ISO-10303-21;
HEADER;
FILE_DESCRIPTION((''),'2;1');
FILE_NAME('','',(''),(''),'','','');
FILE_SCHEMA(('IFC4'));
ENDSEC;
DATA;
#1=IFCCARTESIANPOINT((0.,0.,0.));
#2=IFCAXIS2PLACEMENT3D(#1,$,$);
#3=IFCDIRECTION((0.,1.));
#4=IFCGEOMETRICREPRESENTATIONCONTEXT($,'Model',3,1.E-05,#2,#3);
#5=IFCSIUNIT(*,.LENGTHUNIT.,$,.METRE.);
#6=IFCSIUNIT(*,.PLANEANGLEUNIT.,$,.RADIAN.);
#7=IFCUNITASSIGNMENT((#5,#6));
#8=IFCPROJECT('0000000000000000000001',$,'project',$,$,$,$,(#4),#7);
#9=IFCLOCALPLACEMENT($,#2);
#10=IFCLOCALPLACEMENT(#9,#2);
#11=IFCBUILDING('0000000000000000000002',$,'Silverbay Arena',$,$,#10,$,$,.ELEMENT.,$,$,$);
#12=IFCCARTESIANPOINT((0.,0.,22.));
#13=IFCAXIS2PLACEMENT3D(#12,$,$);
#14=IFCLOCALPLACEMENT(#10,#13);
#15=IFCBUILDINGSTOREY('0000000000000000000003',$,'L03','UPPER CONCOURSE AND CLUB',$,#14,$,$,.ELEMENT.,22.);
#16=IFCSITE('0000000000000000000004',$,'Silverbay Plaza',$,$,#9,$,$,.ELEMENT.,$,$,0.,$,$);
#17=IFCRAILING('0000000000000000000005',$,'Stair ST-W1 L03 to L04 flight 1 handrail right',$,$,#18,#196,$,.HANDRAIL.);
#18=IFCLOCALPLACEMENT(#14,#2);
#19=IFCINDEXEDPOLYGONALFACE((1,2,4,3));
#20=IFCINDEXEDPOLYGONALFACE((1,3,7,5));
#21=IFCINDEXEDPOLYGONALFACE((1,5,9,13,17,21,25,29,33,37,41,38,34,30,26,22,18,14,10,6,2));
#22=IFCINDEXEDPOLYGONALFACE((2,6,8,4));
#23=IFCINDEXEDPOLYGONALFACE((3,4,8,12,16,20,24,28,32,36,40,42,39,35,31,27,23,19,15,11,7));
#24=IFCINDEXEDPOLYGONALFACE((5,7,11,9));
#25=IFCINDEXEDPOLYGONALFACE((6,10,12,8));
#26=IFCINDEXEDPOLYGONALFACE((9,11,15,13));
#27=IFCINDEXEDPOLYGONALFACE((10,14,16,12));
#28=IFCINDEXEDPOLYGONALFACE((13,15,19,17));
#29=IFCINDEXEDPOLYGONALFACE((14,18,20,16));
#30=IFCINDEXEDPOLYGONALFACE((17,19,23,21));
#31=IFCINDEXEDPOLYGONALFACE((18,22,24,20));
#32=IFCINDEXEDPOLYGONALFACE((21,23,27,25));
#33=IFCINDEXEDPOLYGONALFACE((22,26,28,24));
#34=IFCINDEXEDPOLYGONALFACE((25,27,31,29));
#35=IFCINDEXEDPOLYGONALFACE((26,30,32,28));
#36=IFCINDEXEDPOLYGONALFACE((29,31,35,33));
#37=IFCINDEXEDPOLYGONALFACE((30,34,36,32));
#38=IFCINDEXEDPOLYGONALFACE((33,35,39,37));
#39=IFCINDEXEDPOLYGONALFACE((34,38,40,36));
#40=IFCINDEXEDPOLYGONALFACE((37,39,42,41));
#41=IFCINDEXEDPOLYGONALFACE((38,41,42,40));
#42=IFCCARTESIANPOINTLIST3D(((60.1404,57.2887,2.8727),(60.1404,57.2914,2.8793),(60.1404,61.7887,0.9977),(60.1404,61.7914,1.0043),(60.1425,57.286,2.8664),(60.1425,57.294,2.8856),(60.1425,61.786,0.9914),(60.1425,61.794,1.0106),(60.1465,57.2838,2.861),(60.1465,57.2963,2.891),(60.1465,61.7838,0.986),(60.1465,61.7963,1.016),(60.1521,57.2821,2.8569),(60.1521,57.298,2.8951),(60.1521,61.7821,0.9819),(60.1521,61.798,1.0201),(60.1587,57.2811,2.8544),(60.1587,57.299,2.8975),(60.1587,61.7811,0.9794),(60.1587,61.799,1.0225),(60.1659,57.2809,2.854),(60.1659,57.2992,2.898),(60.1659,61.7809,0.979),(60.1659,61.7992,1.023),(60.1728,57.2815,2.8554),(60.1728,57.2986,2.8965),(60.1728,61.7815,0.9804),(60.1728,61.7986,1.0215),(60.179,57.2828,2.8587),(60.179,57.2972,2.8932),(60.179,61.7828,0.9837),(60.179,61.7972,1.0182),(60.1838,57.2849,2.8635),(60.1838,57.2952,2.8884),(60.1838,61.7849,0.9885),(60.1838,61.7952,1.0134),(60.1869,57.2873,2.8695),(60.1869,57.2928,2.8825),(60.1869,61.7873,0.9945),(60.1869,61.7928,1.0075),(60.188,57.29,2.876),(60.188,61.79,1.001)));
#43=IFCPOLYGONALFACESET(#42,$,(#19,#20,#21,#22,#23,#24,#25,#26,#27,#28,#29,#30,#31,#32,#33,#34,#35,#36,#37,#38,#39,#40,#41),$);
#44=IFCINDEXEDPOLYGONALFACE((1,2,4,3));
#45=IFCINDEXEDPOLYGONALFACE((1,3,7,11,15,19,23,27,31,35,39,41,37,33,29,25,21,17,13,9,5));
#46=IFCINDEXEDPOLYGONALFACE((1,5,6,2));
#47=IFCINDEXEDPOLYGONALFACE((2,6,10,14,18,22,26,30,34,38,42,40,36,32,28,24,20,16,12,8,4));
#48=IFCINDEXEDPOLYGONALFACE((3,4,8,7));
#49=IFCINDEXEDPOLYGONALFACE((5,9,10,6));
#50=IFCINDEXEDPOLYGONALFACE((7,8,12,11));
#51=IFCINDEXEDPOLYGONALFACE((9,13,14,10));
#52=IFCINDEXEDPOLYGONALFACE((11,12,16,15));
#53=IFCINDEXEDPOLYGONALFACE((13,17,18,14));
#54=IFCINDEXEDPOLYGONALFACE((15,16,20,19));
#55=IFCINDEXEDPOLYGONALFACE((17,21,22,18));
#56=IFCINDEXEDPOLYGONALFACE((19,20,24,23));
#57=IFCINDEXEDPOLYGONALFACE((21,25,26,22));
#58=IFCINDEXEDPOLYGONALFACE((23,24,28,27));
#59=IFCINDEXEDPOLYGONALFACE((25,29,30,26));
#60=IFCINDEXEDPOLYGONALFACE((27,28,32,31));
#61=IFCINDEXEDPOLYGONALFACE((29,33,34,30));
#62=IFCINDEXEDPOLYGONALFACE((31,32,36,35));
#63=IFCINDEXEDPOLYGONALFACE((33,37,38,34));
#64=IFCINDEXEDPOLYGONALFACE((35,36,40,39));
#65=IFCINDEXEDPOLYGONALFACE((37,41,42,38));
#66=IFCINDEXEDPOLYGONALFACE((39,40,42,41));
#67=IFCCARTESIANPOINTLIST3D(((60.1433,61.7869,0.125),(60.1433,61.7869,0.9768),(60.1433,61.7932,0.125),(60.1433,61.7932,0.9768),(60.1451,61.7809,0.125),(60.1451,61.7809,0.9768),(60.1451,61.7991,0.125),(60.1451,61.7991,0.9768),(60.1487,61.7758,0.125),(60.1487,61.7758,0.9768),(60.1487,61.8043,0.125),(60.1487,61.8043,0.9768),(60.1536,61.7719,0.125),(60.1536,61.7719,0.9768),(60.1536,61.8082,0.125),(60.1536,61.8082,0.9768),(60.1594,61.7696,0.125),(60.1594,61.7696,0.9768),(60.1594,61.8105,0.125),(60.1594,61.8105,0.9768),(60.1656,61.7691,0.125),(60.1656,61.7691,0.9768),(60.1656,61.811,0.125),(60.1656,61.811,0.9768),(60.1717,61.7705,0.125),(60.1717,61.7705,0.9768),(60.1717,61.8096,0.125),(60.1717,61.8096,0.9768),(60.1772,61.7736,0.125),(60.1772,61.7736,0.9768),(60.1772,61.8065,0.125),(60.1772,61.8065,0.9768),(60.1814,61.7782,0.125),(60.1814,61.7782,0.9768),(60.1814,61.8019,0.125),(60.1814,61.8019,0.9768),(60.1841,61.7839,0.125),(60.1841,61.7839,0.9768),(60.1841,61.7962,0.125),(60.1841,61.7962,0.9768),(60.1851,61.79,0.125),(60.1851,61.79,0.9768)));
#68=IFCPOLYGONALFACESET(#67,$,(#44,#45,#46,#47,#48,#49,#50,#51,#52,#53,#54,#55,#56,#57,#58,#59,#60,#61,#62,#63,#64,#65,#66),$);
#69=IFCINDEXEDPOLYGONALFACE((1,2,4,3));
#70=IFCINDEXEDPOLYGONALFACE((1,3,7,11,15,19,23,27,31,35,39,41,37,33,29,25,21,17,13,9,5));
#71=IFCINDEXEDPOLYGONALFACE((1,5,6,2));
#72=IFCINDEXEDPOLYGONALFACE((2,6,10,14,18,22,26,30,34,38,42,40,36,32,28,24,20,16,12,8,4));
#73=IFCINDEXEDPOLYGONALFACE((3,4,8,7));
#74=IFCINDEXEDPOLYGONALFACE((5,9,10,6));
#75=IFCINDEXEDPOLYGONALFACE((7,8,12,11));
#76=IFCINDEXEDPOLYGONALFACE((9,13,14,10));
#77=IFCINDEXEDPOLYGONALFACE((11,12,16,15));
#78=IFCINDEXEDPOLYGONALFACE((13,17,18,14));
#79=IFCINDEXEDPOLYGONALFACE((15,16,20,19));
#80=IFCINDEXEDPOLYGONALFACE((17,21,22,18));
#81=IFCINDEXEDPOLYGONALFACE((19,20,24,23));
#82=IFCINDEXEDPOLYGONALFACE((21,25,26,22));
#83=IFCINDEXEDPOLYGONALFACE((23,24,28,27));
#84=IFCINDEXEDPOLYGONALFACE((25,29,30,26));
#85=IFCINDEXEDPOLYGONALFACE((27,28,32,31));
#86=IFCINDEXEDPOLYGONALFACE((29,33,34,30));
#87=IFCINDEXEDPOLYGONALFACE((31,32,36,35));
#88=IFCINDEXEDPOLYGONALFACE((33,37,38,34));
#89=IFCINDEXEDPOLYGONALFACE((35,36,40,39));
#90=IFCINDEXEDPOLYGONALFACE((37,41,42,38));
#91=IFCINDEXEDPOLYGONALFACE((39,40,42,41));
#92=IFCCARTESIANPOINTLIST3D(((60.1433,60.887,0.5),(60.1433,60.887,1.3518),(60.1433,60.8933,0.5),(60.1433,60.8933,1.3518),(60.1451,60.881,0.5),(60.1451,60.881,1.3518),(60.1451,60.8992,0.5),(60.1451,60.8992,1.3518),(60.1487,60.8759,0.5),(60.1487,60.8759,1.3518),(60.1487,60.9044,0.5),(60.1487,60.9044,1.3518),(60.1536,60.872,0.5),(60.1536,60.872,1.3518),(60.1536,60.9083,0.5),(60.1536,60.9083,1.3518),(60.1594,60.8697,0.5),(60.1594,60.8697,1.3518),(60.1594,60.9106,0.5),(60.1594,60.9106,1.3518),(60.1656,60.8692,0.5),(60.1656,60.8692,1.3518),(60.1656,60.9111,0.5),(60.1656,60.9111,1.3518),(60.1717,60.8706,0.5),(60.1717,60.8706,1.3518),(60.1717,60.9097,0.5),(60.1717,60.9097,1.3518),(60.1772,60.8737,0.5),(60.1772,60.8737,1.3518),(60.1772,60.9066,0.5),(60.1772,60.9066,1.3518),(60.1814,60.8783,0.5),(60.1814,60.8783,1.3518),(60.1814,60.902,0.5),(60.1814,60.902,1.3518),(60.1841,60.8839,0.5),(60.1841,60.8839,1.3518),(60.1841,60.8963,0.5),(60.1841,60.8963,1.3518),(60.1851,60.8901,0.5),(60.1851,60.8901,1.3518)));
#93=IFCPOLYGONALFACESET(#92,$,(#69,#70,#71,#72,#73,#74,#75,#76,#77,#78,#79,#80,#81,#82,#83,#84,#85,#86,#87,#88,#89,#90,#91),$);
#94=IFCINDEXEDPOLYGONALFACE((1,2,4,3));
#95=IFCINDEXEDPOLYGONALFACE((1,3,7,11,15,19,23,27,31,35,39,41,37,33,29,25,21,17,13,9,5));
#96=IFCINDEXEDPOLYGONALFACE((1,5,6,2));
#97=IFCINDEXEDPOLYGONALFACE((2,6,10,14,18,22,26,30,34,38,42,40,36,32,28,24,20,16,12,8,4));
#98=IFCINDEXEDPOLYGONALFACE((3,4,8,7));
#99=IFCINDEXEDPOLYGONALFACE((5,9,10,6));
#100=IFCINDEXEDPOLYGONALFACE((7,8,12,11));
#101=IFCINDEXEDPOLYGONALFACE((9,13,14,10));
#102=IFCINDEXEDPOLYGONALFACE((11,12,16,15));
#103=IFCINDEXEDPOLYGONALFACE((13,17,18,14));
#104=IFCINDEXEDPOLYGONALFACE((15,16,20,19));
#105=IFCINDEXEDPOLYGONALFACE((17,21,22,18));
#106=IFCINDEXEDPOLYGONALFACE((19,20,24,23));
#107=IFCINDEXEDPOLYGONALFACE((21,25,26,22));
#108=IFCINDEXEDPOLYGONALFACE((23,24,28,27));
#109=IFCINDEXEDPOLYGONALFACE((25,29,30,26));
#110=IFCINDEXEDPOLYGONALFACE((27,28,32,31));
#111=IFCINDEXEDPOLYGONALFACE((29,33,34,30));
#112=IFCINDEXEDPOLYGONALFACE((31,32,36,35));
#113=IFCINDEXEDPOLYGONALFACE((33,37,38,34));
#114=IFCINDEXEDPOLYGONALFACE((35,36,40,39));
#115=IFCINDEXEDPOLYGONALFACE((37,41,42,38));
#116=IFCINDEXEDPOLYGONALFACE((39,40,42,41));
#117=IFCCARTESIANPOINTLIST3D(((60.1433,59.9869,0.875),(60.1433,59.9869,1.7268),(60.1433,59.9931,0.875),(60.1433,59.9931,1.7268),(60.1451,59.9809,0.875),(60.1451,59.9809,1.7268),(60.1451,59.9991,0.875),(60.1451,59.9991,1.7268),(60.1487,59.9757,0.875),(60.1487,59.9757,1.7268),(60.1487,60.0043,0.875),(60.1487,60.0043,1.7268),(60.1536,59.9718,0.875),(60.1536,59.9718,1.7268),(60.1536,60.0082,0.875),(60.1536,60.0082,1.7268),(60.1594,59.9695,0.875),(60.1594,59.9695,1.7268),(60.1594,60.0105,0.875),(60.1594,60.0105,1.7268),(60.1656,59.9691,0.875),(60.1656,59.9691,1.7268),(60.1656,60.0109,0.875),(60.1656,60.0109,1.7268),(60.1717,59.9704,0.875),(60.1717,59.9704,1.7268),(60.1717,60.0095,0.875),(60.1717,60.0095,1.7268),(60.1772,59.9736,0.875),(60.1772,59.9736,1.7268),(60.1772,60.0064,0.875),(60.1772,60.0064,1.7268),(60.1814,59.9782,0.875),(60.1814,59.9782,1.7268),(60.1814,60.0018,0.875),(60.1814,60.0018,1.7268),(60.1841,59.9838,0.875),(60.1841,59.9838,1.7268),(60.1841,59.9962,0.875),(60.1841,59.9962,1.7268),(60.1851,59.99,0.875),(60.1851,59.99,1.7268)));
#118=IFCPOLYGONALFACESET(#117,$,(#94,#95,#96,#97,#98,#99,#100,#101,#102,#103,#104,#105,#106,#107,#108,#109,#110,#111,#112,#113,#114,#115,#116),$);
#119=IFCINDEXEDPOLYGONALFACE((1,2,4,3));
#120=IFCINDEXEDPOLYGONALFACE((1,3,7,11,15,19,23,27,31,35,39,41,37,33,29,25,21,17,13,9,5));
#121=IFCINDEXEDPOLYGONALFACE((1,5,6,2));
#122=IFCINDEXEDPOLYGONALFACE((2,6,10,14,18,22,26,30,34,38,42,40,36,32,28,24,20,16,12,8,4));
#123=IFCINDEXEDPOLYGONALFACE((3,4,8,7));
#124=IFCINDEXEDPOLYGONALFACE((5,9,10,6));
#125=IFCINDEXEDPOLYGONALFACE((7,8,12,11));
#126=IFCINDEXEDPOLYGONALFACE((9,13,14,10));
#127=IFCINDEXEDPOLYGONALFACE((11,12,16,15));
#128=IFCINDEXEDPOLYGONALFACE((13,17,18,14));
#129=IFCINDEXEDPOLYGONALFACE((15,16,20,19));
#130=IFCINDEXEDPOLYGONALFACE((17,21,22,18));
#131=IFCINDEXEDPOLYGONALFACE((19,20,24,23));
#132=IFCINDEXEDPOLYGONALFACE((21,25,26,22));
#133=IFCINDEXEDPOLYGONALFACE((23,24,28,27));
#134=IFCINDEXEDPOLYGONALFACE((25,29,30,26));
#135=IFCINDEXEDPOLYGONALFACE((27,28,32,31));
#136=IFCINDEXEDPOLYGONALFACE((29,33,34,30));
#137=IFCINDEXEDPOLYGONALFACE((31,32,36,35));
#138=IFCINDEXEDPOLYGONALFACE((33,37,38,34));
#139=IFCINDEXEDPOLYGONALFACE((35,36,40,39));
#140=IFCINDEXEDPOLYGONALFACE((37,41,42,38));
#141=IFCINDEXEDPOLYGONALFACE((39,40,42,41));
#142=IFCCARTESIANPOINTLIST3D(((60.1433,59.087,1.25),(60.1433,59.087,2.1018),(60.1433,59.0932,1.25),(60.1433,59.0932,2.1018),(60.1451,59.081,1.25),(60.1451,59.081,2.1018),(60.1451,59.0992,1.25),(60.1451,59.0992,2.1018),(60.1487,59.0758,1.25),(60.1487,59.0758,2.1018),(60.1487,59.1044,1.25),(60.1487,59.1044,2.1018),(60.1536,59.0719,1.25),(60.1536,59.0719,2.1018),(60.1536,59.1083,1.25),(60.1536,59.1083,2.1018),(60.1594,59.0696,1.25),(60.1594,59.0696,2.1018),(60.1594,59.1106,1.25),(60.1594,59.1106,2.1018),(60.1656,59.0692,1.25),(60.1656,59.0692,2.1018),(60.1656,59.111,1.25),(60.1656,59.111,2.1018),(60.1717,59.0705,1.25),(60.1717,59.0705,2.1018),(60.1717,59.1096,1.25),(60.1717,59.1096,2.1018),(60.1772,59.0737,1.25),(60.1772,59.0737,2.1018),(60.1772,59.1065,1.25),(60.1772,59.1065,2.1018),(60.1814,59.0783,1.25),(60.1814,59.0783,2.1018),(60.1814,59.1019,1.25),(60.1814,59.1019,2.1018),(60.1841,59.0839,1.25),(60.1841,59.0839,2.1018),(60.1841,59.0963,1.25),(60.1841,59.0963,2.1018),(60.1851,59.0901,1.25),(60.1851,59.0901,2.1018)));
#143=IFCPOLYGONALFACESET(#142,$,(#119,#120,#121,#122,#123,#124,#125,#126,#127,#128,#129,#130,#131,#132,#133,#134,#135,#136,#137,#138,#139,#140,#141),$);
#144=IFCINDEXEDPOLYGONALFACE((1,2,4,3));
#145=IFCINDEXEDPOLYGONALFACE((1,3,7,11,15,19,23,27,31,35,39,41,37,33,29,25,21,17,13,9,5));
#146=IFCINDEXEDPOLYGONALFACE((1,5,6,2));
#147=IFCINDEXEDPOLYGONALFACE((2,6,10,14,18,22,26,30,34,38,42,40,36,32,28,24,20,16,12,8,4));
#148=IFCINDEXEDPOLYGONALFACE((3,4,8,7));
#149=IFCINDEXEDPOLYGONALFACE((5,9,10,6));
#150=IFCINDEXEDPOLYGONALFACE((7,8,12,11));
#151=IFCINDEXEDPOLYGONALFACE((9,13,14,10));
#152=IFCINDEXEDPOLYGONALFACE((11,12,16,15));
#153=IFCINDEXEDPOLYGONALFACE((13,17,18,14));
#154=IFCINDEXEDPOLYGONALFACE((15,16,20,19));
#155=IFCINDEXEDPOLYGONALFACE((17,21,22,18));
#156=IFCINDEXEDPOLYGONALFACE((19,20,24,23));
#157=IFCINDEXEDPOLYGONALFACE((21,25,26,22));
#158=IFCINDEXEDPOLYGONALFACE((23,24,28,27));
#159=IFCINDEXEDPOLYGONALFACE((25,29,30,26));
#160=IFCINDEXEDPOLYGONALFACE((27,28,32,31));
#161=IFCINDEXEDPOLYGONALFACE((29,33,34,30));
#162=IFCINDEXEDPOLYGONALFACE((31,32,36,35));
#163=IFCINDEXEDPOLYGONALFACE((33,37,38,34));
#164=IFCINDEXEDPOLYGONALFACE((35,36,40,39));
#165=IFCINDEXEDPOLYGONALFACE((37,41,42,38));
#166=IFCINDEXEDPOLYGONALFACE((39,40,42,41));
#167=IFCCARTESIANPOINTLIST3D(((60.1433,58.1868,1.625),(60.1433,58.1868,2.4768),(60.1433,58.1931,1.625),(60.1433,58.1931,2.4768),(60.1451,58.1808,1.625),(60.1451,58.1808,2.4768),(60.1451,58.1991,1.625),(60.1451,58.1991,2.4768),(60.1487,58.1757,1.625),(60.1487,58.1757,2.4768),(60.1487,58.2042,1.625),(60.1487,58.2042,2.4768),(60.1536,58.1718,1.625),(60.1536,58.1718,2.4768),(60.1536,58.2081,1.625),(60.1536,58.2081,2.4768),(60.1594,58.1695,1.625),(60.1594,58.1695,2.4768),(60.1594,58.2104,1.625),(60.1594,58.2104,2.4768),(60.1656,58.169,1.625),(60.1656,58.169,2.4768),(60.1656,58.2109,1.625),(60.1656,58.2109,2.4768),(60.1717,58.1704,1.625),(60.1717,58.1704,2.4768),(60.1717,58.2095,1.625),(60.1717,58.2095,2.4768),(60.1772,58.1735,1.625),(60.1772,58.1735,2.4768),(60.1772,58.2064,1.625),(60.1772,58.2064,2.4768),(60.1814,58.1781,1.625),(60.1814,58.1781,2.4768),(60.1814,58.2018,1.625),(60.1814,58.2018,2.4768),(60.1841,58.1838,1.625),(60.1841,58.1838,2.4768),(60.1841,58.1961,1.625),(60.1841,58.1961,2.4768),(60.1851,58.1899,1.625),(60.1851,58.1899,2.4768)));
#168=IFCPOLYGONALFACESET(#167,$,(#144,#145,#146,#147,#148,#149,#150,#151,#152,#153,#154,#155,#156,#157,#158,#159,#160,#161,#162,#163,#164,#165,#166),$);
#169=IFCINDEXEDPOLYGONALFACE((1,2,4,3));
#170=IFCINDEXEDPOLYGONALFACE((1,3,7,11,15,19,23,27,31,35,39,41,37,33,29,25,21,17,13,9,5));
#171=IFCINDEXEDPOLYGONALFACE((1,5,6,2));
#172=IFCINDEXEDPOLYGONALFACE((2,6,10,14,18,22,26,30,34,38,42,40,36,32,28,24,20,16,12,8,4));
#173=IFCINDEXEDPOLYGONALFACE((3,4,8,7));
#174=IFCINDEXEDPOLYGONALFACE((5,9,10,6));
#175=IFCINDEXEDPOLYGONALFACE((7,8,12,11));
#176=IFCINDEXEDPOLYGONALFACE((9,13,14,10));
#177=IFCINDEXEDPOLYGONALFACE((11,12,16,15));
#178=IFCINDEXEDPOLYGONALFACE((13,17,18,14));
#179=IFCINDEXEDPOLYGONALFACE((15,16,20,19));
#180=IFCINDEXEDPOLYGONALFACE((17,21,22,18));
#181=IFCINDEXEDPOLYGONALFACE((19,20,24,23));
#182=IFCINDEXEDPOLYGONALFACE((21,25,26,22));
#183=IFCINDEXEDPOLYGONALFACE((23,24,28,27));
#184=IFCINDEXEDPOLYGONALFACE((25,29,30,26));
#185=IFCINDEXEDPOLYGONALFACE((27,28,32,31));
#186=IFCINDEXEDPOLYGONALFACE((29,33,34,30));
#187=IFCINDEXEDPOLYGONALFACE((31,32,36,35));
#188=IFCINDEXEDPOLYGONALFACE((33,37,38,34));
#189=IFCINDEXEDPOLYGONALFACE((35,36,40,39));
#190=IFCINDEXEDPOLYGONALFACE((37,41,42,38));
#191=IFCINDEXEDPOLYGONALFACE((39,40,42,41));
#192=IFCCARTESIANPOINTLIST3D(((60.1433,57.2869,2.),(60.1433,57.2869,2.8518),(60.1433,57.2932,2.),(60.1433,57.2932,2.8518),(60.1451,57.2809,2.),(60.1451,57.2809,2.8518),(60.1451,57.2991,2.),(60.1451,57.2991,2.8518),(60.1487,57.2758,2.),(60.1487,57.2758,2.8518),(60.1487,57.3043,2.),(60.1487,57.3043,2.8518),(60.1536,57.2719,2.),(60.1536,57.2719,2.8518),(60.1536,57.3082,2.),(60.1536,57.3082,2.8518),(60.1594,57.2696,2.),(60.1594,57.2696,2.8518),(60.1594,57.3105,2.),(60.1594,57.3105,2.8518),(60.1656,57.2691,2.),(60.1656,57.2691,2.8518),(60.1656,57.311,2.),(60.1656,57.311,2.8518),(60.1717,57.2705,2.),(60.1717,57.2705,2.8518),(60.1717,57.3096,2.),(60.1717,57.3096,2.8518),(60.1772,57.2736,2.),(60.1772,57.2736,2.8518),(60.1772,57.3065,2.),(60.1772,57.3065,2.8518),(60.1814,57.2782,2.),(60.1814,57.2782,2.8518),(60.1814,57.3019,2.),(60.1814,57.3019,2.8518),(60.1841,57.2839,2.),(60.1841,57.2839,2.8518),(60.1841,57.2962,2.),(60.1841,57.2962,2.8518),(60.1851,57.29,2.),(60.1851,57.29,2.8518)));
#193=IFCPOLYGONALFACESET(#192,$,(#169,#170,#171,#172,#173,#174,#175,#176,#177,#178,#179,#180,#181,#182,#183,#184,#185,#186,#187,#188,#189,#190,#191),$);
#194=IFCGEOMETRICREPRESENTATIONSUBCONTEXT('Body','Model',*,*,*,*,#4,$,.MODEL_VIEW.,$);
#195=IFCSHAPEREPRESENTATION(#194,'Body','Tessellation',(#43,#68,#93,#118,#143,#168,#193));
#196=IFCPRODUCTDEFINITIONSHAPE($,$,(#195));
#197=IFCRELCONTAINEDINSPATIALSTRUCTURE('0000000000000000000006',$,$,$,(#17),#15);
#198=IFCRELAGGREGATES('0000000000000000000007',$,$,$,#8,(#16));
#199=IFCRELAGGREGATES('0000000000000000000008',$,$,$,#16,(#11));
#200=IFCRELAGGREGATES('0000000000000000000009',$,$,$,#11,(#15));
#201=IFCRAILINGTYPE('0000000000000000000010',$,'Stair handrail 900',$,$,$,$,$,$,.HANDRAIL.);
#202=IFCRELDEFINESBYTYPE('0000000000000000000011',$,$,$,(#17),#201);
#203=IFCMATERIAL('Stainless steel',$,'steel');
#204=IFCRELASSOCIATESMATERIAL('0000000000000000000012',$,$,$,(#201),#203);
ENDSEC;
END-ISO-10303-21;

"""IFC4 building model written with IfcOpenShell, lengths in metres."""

from ifc_helpers import new_model, si_unit, direction, frame, origin, origin_2d, place, context, subcontext, project, spatial, circle, extrude, material, type_object, element, save


model = new_model("IFC4")

# Units and contexts
model_context = context("Model", 3, precision=1e-05, world=origin(), true_north=direction((0.0, 1.0)))
body_context = subcontext(model_context, "Body", "Model", "MODEL_VIEW")
ifc_project = project(units=[si_unit("LENGTHUNIT", "METRE"), si_unit("PLANEANGLEUNIT", "RADIAN")], contexts=[model_context])

# Site, building, storey
site_placement = place(None, origin())
site = spatial("IfcSite", under=ifc_project, at=site_placement, Name="Silverbay Plaza", CompositionType="ELEMENT", RefElevation=0.0)
building_placement = place(site_placement, origin())
building = spatial("IfcBuilding", under=site, at=building_placement, Name="Silverbay Arena", CompositionType="ELEMENT")
storey_placement = place(building_placement, frame((0.0, 0.0, 22.0)))
storey = spatial("IfcBuildingStorey", under=building, at=storey_placement, Name="L03", Description="UPPER CONCOURSE AND CLUB", CompositionType="ELEMENT", Elevation=22.0)

# Railing
ifc_material_1 = material(Name="Stainless steel", Category="steel")
railing_type_1 = type_object("IfcRailingType", Name="Stair handrail 900", PredefinedType="HANDRAIL", material=ifc_material_1)
for number, where, name in (
    (1, (60.1641, 61.79, 0.125), "Stair ST-W1 L03 to L04 flight 1 handrail right"),
):
    element("IfcRailing", number, at=place(storey_placement, frame(where)), inside=storey, type_object=railing_type_1, Name=name, PredefinedType="HANDRAIL", context=body_context, shape_type="SweptSolid", body=[
        extrude(circle(Radius=0.0239, at=origin_2d()), frame((0.0, 0.0, 0.876), z_axis=(0.0, -0.923077, 0.384615), x_axis=(1.0, 0.0, 0.0)), (0.0, 0.0, 1.0), 4.875),
        extrude(circle(Radius=0.021, at=origin_2d()), origin(), (0.0, 0.0, 1.0), 0.8518),
        extrude(circle(Radius=0.021, at=origin_2d()), frame((0.0, -0.8999, 0.375)), (0.0, 0.0, 1.0), 0.8518),
        extrude(circle(Radius=0.021, at=origin_2d()), frame((0.0, -1.8, 0.75)), (0.0, 0.0, 1.0), 0.8518),
        extrude(circle(Radius=0.021, at=origin_2d()), frame((0.0, -2.7, 1.125)), (0.0, 0.0, 1.0), 0.8518),
        extrude(circle(Radius=0.021, at=origin_2d()), frame((0.0, -3.6001, 1.5)), (0.0, 0.0, 1.0), 0.8518),
        extrude(circle(Radius=0.021, at=origin_2d()), frame((0.0, -4.5, 1.875)), (0.0, 0.0, 1.0), 0.8518),
    ])

save(model, "model.ifc")
